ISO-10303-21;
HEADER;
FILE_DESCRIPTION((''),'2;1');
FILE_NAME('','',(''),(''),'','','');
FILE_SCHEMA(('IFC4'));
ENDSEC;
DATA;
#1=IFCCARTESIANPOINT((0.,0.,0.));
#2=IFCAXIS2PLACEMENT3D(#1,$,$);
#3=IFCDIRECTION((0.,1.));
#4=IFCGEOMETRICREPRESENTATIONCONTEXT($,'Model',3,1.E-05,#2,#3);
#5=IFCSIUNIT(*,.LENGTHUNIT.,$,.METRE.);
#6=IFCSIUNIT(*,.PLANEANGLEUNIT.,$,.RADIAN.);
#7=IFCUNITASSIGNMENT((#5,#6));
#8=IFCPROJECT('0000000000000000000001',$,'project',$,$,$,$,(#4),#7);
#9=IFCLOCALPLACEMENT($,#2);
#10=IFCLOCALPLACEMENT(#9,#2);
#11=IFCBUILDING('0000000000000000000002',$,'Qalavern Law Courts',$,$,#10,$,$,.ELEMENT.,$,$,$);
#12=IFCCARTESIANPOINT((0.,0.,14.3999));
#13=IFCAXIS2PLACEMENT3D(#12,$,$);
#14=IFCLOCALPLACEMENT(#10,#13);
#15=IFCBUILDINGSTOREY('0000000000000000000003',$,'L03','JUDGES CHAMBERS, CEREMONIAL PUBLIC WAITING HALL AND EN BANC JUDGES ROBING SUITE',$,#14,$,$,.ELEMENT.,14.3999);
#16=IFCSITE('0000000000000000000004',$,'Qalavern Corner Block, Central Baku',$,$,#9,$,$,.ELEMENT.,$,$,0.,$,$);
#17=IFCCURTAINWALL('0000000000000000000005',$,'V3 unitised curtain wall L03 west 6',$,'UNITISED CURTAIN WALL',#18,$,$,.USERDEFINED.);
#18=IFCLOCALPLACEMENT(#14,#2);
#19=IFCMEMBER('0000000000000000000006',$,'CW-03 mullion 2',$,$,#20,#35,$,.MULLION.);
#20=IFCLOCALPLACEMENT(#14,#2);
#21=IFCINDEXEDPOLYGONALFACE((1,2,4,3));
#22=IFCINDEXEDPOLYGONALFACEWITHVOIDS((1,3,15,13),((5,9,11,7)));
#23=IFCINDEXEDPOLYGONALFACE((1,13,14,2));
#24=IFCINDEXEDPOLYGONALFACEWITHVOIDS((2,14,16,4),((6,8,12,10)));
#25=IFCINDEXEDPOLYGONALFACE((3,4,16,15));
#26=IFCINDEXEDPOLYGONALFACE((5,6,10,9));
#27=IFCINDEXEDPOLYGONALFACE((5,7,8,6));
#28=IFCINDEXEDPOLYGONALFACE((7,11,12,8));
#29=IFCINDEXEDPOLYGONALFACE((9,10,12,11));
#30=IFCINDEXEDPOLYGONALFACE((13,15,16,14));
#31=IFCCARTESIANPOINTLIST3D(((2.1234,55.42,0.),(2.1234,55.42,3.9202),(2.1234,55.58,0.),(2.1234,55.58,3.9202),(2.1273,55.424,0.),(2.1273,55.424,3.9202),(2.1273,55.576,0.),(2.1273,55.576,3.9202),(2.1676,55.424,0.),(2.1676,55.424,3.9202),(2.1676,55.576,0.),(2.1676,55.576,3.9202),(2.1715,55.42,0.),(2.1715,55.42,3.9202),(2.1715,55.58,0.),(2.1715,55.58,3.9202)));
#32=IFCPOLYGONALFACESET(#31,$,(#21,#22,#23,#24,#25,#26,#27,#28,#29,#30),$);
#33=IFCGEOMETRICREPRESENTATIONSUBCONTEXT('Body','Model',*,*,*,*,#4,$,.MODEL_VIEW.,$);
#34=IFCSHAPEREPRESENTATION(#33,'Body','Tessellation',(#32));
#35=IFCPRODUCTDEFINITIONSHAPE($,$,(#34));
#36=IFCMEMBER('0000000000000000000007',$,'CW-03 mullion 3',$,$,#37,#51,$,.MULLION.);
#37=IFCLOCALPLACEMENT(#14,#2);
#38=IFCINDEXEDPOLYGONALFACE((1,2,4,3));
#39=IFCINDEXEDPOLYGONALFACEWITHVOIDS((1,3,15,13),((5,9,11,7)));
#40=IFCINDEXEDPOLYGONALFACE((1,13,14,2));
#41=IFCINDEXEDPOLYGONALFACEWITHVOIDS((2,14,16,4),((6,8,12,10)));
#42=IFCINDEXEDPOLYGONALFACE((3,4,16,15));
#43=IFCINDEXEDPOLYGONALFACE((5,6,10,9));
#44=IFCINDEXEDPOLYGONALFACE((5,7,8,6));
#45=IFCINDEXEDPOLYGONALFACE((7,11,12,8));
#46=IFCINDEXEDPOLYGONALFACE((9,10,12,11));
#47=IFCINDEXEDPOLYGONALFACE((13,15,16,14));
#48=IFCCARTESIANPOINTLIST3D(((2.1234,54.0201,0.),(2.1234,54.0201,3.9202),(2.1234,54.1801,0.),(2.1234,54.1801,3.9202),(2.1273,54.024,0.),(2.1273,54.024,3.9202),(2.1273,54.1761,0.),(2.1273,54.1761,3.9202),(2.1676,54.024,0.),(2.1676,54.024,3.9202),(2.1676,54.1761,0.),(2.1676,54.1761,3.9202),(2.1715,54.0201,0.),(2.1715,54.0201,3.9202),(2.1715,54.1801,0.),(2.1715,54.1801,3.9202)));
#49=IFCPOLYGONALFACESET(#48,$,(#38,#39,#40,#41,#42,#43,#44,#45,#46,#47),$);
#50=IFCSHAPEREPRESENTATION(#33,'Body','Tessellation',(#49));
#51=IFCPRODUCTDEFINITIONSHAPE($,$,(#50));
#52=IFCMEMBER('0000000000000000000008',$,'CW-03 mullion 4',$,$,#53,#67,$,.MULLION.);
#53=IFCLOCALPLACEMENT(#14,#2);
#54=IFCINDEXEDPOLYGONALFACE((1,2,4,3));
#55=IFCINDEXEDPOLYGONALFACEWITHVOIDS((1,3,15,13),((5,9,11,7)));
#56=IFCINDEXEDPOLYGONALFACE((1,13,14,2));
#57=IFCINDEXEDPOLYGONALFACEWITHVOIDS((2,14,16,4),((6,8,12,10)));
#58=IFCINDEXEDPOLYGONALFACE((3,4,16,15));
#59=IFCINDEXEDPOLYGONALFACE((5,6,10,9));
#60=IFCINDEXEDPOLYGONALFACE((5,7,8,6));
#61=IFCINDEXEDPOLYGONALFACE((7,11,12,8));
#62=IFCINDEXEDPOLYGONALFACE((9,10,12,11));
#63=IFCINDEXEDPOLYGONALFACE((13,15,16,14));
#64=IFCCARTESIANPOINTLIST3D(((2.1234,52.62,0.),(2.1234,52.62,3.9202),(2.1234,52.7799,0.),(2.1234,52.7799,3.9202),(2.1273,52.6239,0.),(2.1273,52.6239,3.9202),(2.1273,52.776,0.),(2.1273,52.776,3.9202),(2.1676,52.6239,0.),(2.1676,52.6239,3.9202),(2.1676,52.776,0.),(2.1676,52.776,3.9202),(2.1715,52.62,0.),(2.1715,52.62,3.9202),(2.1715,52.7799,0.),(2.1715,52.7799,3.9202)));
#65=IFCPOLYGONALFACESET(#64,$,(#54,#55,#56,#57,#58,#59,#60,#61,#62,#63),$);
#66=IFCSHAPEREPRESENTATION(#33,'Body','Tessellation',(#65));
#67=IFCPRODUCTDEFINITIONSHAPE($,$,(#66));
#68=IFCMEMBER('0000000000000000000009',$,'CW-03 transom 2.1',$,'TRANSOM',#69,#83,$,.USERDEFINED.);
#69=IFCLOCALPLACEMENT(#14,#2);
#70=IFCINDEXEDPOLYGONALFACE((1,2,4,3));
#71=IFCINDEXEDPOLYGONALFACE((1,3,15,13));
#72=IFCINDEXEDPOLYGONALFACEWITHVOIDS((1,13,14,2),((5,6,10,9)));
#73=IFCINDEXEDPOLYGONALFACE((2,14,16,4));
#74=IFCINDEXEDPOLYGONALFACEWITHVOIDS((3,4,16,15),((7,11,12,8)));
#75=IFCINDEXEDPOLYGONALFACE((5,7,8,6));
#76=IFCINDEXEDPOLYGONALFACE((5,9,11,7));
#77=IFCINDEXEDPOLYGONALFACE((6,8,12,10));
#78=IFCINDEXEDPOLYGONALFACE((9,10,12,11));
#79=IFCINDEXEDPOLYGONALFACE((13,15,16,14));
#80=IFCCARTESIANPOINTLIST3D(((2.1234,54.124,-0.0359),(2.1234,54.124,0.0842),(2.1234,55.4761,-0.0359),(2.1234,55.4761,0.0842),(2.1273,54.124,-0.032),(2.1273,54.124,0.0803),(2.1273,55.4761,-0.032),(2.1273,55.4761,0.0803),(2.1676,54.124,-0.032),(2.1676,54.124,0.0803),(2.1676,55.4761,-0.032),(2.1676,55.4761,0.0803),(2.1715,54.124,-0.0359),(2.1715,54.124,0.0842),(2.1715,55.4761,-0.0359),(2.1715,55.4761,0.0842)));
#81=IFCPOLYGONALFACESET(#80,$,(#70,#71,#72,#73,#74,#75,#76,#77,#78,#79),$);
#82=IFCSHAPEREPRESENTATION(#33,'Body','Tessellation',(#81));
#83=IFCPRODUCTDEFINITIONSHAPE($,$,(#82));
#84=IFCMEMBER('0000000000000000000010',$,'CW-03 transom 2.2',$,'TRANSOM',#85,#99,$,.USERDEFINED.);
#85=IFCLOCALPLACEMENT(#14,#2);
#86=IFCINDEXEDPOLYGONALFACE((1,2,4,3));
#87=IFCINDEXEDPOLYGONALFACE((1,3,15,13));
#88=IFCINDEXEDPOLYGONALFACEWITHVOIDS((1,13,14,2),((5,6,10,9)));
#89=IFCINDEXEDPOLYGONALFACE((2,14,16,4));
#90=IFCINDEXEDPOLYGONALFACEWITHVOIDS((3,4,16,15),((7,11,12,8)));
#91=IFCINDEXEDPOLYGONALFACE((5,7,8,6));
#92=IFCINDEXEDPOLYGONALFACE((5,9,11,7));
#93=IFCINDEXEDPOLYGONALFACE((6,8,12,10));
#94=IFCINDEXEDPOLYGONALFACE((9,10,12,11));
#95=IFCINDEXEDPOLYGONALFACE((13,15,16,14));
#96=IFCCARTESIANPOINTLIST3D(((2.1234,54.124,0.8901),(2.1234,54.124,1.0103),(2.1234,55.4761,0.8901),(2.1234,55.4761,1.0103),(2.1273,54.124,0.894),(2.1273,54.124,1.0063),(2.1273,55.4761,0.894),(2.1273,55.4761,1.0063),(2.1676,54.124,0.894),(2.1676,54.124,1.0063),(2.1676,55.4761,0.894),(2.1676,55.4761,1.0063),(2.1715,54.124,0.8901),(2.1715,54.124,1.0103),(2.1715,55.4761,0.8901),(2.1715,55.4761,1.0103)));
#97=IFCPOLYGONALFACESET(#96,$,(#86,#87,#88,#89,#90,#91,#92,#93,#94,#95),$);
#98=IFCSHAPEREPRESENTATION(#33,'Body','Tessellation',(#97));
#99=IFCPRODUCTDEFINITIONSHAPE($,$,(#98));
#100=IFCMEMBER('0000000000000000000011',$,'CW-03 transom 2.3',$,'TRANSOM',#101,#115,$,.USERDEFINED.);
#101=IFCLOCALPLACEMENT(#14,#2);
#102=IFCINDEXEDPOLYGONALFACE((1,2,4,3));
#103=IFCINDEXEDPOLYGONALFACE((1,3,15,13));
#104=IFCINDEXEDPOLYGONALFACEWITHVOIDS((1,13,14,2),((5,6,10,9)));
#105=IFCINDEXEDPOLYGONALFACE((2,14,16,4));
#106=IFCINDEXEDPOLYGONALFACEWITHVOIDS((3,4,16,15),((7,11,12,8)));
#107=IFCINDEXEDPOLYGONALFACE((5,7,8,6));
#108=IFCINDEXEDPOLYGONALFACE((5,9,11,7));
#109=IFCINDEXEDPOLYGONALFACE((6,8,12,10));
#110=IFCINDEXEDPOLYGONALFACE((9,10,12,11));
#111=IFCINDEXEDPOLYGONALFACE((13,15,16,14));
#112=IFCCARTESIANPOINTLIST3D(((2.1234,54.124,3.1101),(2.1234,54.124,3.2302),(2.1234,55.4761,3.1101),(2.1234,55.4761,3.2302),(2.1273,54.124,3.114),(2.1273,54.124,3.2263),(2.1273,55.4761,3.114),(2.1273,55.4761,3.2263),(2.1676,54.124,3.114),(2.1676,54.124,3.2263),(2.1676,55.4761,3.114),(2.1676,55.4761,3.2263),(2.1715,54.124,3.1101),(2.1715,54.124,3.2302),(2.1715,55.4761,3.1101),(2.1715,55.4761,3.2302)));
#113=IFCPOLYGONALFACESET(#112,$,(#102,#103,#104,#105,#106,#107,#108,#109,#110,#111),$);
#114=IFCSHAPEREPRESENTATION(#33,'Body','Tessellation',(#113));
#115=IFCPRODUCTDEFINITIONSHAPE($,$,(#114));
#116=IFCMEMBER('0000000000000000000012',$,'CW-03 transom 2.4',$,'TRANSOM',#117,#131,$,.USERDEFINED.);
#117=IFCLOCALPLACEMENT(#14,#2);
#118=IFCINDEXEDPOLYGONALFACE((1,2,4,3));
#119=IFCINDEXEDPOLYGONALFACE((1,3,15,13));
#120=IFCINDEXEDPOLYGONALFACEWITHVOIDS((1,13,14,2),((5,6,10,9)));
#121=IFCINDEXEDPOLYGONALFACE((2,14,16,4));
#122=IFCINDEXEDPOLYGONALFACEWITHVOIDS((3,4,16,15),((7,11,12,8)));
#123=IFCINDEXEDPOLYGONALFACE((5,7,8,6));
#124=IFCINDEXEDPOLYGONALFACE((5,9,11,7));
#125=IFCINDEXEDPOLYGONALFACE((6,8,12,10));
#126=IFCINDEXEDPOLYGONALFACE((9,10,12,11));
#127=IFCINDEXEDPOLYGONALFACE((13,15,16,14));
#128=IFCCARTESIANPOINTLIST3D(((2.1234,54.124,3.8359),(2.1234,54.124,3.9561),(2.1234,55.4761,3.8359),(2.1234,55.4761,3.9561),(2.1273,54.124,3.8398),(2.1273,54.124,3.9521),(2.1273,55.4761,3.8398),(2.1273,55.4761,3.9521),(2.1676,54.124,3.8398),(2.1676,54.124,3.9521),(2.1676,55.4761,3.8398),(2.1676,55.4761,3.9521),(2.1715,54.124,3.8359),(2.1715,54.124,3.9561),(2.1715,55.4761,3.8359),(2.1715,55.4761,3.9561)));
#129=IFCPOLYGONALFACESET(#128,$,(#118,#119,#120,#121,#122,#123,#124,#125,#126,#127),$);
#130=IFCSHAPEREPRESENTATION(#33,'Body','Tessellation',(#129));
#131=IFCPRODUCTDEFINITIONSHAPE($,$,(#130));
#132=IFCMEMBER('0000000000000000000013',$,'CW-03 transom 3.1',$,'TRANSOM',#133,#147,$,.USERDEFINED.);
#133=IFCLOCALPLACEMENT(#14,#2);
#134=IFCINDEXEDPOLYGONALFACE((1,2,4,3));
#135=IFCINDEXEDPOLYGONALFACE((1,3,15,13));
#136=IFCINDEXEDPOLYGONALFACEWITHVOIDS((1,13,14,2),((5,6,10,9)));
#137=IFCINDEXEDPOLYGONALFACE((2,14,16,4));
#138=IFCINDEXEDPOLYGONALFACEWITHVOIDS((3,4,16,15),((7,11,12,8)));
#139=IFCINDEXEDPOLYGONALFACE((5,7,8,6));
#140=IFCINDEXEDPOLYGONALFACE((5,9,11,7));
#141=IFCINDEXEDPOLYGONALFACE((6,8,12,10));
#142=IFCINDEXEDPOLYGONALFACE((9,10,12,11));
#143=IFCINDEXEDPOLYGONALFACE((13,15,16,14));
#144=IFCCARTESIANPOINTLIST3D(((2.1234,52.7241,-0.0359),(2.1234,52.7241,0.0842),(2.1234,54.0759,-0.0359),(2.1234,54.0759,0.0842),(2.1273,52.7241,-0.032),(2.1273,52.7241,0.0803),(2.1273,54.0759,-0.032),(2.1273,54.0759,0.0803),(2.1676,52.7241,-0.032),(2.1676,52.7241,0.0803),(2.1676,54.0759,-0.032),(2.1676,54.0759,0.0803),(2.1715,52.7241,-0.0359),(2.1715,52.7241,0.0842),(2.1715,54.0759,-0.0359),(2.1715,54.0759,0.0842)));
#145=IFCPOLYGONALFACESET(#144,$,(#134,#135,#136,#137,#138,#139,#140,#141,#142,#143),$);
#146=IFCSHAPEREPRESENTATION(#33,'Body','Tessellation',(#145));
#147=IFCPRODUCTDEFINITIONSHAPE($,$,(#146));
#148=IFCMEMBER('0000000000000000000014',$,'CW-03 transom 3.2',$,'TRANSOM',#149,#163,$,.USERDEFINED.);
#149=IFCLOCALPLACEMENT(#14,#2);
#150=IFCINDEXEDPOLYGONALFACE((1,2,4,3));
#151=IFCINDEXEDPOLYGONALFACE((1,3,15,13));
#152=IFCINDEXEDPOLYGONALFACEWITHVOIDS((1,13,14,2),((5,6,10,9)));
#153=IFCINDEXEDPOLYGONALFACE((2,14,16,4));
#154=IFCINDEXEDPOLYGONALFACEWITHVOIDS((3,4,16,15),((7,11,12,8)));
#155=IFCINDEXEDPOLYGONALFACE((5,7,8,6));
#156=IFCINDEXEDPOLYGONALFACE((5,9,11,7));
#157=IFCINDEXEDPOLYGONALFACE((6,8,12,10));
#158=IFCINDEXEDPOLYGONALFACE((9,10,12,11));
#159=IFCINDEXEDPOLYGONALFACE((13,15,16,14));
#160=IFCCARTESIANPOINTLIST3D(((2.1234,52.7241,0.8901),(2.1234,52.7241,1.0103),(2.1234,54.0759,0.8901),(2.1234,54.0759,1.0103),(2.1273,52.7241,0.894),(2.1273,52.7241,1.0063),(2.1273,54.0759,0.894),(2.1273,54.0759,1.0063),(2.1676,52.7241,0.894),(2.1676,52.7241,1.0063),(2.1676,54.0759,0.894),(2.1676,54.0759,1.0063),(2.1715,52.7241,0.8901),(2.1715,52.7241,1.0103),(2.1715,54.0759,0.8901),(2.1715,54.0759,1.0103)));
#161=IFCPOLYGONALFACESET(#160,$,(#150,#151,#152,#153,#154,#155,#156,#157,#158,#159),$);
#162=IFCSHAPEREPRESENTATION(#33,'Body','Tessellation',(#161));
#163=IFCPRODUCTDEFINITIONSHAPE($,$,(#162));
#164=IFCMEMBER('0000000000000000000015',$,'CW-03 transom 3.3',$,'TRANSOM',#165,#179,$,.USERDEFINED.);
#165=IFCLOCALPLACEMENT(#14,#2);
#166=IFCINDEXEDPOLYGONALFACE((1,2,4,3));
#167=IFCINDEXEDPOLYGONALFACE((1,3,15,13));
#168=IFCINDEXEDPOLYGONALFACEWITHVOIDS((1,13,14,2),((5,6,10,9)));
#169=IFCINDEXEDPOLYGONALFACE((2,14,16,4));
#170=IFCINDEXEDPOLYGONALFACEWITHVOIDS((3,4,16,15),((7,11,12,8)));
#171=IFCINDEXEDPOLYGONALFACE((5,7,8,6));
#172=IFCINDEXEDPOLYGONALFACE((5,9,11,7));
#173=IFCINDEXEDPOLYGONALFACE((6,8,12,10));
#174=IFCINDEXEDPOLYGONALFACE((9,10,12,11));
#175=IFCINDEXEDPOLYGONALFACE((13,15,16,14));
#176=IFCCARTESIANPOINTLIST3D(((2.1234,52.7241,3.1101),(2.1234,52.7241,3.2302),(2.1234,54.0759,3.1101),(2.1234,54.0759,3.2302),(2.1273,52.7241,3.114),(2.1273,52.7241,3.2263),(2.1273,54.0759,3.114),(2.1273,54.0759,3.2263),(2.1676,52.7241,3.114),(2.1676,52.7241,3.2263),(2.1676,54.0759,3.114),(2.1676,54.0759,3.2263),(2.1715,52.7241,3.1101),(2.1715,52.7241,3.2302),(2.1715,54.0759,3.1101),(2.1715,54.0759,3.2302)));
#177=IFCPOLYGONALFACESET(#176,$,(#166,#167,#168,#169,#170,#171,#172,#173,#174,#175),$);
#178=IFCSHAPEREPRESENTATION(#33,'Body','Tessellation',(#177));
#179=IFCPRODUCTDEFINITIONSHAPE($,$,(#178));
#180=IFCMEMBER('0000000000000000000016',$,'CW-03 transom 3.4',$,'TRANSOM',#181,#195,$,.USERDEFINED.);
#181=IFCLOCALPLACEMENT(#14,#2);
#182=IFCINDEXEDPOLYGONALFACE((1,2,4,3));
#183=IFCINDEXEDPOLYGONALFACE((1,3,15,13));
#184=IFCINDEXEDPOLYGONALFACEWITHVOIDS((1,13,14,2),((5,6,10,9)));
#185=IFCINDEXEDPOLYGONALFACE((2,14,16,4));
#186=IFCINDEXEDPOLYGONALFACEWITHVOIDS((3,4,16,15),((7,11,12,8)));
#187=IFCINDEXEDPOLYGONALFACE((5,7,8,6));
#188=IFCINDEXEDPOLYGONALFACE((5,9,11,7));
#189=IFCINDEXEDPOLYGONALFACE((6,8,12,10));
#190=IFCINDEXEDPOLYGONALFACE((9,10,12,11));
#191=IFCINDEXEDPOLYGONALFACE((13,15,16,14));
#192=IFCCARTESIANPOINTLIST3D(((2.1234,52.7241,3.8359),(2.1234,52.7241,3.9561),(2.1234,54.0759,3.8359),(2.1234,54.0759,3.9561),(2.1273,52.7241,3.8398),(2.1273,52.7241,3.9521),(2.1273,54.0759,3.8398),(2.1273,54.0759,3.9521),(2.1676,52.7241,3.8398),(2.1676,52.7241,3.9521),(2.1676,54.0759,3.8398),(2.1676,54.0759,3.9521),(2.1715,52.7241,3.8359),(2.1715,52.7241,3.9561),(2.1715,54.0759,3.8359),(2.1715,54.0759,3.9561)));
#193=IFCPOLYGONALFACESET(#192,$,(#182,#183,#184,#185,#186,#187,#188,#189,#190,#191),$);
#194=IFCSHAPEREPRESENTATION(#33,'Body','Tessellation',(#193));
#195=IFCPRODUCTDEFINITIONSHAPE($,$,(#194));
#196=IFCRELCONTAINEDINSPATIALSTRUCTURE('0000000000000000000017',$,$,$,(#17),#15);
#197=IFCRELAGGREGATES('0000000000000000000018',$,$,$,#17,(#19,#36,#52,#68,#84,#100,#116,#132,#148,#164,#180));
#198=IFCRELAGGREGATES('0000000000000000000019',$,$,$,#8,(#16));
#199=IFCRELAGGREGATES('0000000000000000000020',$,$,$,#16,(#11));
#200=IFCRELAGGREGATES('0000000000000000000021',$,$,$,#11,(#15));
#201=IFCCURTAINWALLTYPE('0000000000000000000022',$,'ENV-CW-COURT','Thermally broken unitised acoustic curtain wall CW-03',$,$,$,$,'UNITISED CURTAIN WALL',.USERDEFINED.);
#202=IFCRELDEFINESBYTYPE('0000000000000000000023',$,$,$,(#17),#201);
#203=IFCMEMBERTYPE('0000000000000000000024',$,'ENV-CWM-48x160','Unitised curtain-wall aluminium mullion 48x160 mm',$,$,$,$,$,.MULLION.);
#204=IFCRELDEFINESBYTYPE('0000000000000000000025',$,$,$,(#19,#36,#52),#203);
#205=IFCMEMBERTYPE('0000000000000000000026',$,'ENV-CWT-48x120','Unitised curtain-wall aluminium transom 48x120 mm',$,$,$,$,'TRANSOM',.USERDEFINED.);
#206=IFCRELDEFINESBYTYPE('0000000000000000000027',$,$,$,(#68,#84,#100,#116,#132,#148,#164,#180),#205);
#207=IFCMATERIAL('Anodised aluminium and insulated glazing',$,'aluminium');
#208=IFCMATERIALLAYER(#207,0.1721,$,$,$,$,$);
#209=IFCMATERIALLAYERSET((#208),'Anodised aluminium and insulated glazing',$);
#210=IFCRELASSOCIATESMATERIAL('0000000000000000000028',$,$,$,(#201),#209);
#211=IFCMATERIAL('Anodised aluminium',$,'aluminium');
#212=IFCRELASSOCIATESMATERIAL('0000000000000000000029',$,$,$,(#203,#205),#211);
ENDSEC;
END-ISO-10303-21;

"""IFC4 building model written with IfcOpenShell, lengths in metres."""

from ifc_helpers import new_model, si_unit, direction, frame, origin, origin_2d, place, context, subcontext, project, spatial, hollow_rectangle, extrude, material, layer, layer_set, material_profile, profile_set, type_object, element, aggregate, save


model = new_model("IFC4")

# Units and contexts
model_context = context("Model", 3, precision=1e-05, world=origin(), true_north=direction((0.0, 1.0)))
body_context = subcontext(model_context, "Body", "Model", "MODEL_VIEW")
ifc_project = project(units=[si_unit("LENGTHUNIT", "METRE"), si_unit("PLANEANGLEUNIT", "RADIAN")], contexts=[model_context])

# Site, building, storey
site_placement = place(None, origin())
site = spatial("IfcSite", under=ifc_project, at=site_placement, Name="Qalavern Corner Block, Central Baku", CompositionType="ELEMENT", RefElevation=0.0)
building_placement = place(site_placement, origin())
building = spatial("IfcBuilding", under=site, at=building_placement, Name="Qalavern Law Courts", CompositionType="ELEMENT")
storey_placement = place(building_placement, frame((0.0, 0.0, 14.3999)))
storey = spatial("IfcBuildingStorey", under=building, at=storey_placement, Name="L03", Description="JUDGES CHAMBERS, CEREMONIAL PUBLIC WAITING HALL AND EN BANC JUDGES ROBING SUITE", CompositionType="ELEMENT", Elevation=14.3999)

# Curtain wall, members
ifc_material_1 = material(Name="Anodised aluminium and insulated glazing", Category="aluminium")
ifc_layer_1 = layer(ifc_material_1, 0.1721)
ifc_layer_set_1 = layer_set([ifc_layer_1], Name="Anodised aluminium and insulated glazing")
curtain_wall_type = type_object("IfcCurtainWallType", Name="ENV-CW-COURT", Description="Thermally broken unitised acoustic curtain wall CW-03", ElementType="UNITISED CURTAIN WALL", PredefinedType="USERDEFINED", material=ifc_layer_set_1)
curtain_wall_placement = place(storey_placement, origin())
curtain_wall = element("IfcCurtainWall", 1, at=curtain_wall_placement, inside=storey, type_object=curtain_wall_type, Name="V3 unitised curtain wall L03 west 6", ObjectType="UNITISED CURTAIN WALL", PredefinedType="USERDEFINED")
ifc_material_2 = material(Name="Anodised aluminium", Category="aluminium")
ifc_material_profile_1 = material_profile(ifc_material_2, hollow_rectangle(XDim=0.0481, YDim=0.1599, WallThickness=0.0039, at=origin_2d()), Name="ALU MULLION 48x160")
ifc_profile_set_1 = profile_set([ifc_material_profile_1], Name="Anodised aluminium")
member_type_1 = type_object("IfcMemberType", Name="ENV-CWM-48x160", Description="Unitised curtain-wall aluminium mullion 48x160 mm", PredefinedType="MULLION", material=ifc_profile_set_1)
member_1_placement = place(storey_placement, frame((2.1475, 55.5, 0.0), z_axis=(0.0, 0.0, 1.0), x_axis=(1.0, 0.0, 0.0)))
member_1 = element("IfcMember", 2, at=member_1_placement, type_object=member_type_1, Name="CW-03 mullion 2", PredefinedType="MULLION", context=body_context, shape_type="SweptSolid", body=[
    extrude(hollow_rectangle(XDim=0.0481, YDim=0.1599, WallThickness=0.0039, at=origin_2d()), origin(), (0.0, 0.0, 1.0), 3.9202),
])
member_2_placement = place(storey_placement, frame((2.1475, 54.1001, 0.0), z_axis=(0.0, 0.0, 1.0), x_axis=(1.0, 0.0, 0.0)))
member_2 = element("IfcMember", 3, at=member_2_placement, type_object=member_type_1, Name="CW-03 mullion 3", PredefinedType="MULLION", context=body_context, shape_type="SweptSolid", body=[
    extrude(hollow_rectangle(XDim=0.0481, YDim=0.1599, WallThickness=0.0039, at=origin_2d()), origin(), (0.0, 0.0, 1.0), 3.9202),
])
member_3_placement = place(storey_placement, frame((2.1475, 52.7, 0.0), z_axis=(0.0, 0.0, 1.0), x_axis=(1.0, 0.0, 0.0)))
member_3 = element("IfcMember", 4, at=member_3_placement, type_object=member_type_1, Name="CW-03 mullion 4", PredefinedType="MULLION", context=body_context, shape_type="SweptSolid", body=[
    extrude(hollow_rectangle(XDim=0.0481, YDim=0.1599, WallThickness=0.0039, at=origin_2d()), origin(), (0.0, 0.0, 1.0), 3.9202),
])
ifc_material_profile_2 = material_profile(ifc_material_2, hollow_rectangle(XDim=0.0481, YDim=0.1201, WallThickness=0.0039, at=origin_2d()), Name="ALU TRANSOM 48x120")
ifc_profile_set_2 = profile_set([ifc_material_profile_2], Name="Anodised aluminium")
member_type_2 = type_object("IfcMemberType", Name="ENV-CWT-48x120", Description="Unitised curtain-wall aluminium transom 48x120 mm", ElementType="TRANSOM", PredefinedType="USERDEFINED", material=ifc_profile_set_2)
member_4_placement = place(storey_placement, frame((2.1475, 55.4761, 0.0242), z_axis=(0.0, -1.0, 0.0), x_axis=(1.0, 0.0, 0.0)))
member_4 = element("IfcMember", 5, at=member_4_placement, type_object=member_type_2, Name="CW-03 transom 2.1", ObjectType="TRANSOM", PredefinedType="USERDEFINED", context=body_context, shape_type="SweptSolid", body=[
    extrude(hollow_rectangle(XDim=0.0481, YDim=0.1201, WallThickness=0.0039, at=origin_2d()), origin(), (0.0, 0.0, 1.0), 1.3521),
])
member_5_placement = place(storey_placement, frame((2.1475, 55.4761, 0.9502), z_axis=(0.0, -1.0, 0.0), x_axis=(1.0, 0.0, 0.0)))
member_5 = element("IfcMember", 6, at=member_5_placement, type_object=member_type_2, Name="CW-03 transom 2.2", ObjectType="TRANSOM", PredefinedType="USERDEFINED", context=body_context, shape_type="SweptSolid", body=[
    extrude(hollow_rectangle(XDim=0.0481, YDim=0.1201, WallThickness=0.0039, at=origin_2d()), origin(), (0.0, 0.0, 1.0), 1.3521),
])
member_6_placement = place(storey_placement, frame((2.1475, 55.4761, 3.1702), z_axis=(0.0, -1.0, 0.0), x_axis=(1.0, 0.0, 0.0)))
member_6 = element("IfcMember", 7, at=member_6_placement, type_object=member_type_2, Name="CW-03 transom 2.3", ObjectType="TRANSOM", PredefinedType="USERDEFINED", context=body_context, shape_type="SweptSolid", body=[
    extrude(hollow_rectangle(XDim=0.0481, YDim=0.1201, WallThickness=0.0039, at=origin_2d()), origin(), (0.0, 0.0, 1.0), 1.3521),
])
member_7_placement = place(storey_placement, frame((2.1475, 55.4761, 3.896), z_axis=(0.0, -1.0, 0.0), x_axis=(1.0, 0.0, 0.0)))
member_7 = element("IfcMember", 8, at=member_7_placement, type_object=member_type_2, Name="CW-03 transom 2.4", ObjectType="TRANSOM", PredefinedType="USERDEFINED", context=body_context, shape_type="SweptSolid", body=[
    extrude(hollow_rectangle(XDim=0.0481, YDim=0.1201, WallThickness=0.0039, at=origin_2d()), origin(), (0.0, 0.0, 1.0), 1.3521),
])
member_8_placement = place(storey_placement, frame((2.1475, 54.0759, 0.0242), z_axis=(0.0, -1.0, 0.0), x_axis=(1.0, 0.0, 0.0)))
member_8 = element("IfcMember", 9, at=member_8_placement, type_object=member_type_2, Name="CW-03 transom 3.1", ObjectType="TRANSOM", PredefinedType="USERDEFINED", context=body_context, shape_type="SweptSolid", body=[
    extrude(hollow_rectangle(XDim=0.0481, YDim=0.1201, WallThickness=0.0039, at=origin_2d()), origin(), (0.0, 0.0, 1.0), 1.3518),
])
member_9_placement = place(storey_placement, frame((2.1475, 54.0759, 0.9502), z_axis=(0.0, -1.0, 0.0), x_axis=(1.0, 0.0, 0.0)))
member_9 = element("IfcMember", 10, at=member_9_placement, type_object=member_type_2, Name="CW-03 transom 3.2", ObjectType="TRANSOM", PredefinedType="USERDEFINED", context=body_context, shape_type="SweptSolid", body=[
    extrude(hollow_rectangle(XDim=0.0481, YDim=0.1201, WallThickness=0.0039, at=origin_2d()), origin(), (0.0, 0.0, 1.0), 1.3518),
])
member_10_placement = place(storey_placement, frame((2.1475, 54.0759, 3.1702), z_axis=(0.0, -1.0, 0.0), x_axis=(1.0, 0.0, 0.0)))
member_10 = element("IfcMember", 11, at=member_10_placement, type_object=member_type_2, Name="CW-03 transom 3.3", ObjectType="TRANSOM", PredefinedType="USERDEFINED", context=body_context, shape_type="SweptSolid", body=[
    extrude(hollow_rectangle(XDim=0.0481, YDim=0.1201, WallThickness=0.0039, at=origin_2d()), origin(), (0.0, 0.0, 1.0), 1.3518),
])
member_11_placement = place(storey_placement, frame((2.1475, 54.0759, 3.896), z_axis=(0.0, -1.0, 0.0), x_axis=(1.0, 0.0, 0.0)))
member_11 = element("IfcMember", 12, at=member_11_placement, type_object=member_type_2, Name="CW-03 transom 3.4", ObjectType="TRANSOM", PredefinedType="USERDEFINED", context=body_context, shape_type="SweptSolid", body=[
    extrude(hollow_rectangle(XDim=0.0481, YDim=0.1201, WallThickness=0.0039, at=origin_2d()), origin(), (0.0, 0.0, 1.0), 1.3518),
])
aggregate(curtain_wall, [member_1, member_2, member_3, member_4, member_5, member_6, member_7, member_8, member_9, member_10, member_11])

save(model, "model.ifc")
